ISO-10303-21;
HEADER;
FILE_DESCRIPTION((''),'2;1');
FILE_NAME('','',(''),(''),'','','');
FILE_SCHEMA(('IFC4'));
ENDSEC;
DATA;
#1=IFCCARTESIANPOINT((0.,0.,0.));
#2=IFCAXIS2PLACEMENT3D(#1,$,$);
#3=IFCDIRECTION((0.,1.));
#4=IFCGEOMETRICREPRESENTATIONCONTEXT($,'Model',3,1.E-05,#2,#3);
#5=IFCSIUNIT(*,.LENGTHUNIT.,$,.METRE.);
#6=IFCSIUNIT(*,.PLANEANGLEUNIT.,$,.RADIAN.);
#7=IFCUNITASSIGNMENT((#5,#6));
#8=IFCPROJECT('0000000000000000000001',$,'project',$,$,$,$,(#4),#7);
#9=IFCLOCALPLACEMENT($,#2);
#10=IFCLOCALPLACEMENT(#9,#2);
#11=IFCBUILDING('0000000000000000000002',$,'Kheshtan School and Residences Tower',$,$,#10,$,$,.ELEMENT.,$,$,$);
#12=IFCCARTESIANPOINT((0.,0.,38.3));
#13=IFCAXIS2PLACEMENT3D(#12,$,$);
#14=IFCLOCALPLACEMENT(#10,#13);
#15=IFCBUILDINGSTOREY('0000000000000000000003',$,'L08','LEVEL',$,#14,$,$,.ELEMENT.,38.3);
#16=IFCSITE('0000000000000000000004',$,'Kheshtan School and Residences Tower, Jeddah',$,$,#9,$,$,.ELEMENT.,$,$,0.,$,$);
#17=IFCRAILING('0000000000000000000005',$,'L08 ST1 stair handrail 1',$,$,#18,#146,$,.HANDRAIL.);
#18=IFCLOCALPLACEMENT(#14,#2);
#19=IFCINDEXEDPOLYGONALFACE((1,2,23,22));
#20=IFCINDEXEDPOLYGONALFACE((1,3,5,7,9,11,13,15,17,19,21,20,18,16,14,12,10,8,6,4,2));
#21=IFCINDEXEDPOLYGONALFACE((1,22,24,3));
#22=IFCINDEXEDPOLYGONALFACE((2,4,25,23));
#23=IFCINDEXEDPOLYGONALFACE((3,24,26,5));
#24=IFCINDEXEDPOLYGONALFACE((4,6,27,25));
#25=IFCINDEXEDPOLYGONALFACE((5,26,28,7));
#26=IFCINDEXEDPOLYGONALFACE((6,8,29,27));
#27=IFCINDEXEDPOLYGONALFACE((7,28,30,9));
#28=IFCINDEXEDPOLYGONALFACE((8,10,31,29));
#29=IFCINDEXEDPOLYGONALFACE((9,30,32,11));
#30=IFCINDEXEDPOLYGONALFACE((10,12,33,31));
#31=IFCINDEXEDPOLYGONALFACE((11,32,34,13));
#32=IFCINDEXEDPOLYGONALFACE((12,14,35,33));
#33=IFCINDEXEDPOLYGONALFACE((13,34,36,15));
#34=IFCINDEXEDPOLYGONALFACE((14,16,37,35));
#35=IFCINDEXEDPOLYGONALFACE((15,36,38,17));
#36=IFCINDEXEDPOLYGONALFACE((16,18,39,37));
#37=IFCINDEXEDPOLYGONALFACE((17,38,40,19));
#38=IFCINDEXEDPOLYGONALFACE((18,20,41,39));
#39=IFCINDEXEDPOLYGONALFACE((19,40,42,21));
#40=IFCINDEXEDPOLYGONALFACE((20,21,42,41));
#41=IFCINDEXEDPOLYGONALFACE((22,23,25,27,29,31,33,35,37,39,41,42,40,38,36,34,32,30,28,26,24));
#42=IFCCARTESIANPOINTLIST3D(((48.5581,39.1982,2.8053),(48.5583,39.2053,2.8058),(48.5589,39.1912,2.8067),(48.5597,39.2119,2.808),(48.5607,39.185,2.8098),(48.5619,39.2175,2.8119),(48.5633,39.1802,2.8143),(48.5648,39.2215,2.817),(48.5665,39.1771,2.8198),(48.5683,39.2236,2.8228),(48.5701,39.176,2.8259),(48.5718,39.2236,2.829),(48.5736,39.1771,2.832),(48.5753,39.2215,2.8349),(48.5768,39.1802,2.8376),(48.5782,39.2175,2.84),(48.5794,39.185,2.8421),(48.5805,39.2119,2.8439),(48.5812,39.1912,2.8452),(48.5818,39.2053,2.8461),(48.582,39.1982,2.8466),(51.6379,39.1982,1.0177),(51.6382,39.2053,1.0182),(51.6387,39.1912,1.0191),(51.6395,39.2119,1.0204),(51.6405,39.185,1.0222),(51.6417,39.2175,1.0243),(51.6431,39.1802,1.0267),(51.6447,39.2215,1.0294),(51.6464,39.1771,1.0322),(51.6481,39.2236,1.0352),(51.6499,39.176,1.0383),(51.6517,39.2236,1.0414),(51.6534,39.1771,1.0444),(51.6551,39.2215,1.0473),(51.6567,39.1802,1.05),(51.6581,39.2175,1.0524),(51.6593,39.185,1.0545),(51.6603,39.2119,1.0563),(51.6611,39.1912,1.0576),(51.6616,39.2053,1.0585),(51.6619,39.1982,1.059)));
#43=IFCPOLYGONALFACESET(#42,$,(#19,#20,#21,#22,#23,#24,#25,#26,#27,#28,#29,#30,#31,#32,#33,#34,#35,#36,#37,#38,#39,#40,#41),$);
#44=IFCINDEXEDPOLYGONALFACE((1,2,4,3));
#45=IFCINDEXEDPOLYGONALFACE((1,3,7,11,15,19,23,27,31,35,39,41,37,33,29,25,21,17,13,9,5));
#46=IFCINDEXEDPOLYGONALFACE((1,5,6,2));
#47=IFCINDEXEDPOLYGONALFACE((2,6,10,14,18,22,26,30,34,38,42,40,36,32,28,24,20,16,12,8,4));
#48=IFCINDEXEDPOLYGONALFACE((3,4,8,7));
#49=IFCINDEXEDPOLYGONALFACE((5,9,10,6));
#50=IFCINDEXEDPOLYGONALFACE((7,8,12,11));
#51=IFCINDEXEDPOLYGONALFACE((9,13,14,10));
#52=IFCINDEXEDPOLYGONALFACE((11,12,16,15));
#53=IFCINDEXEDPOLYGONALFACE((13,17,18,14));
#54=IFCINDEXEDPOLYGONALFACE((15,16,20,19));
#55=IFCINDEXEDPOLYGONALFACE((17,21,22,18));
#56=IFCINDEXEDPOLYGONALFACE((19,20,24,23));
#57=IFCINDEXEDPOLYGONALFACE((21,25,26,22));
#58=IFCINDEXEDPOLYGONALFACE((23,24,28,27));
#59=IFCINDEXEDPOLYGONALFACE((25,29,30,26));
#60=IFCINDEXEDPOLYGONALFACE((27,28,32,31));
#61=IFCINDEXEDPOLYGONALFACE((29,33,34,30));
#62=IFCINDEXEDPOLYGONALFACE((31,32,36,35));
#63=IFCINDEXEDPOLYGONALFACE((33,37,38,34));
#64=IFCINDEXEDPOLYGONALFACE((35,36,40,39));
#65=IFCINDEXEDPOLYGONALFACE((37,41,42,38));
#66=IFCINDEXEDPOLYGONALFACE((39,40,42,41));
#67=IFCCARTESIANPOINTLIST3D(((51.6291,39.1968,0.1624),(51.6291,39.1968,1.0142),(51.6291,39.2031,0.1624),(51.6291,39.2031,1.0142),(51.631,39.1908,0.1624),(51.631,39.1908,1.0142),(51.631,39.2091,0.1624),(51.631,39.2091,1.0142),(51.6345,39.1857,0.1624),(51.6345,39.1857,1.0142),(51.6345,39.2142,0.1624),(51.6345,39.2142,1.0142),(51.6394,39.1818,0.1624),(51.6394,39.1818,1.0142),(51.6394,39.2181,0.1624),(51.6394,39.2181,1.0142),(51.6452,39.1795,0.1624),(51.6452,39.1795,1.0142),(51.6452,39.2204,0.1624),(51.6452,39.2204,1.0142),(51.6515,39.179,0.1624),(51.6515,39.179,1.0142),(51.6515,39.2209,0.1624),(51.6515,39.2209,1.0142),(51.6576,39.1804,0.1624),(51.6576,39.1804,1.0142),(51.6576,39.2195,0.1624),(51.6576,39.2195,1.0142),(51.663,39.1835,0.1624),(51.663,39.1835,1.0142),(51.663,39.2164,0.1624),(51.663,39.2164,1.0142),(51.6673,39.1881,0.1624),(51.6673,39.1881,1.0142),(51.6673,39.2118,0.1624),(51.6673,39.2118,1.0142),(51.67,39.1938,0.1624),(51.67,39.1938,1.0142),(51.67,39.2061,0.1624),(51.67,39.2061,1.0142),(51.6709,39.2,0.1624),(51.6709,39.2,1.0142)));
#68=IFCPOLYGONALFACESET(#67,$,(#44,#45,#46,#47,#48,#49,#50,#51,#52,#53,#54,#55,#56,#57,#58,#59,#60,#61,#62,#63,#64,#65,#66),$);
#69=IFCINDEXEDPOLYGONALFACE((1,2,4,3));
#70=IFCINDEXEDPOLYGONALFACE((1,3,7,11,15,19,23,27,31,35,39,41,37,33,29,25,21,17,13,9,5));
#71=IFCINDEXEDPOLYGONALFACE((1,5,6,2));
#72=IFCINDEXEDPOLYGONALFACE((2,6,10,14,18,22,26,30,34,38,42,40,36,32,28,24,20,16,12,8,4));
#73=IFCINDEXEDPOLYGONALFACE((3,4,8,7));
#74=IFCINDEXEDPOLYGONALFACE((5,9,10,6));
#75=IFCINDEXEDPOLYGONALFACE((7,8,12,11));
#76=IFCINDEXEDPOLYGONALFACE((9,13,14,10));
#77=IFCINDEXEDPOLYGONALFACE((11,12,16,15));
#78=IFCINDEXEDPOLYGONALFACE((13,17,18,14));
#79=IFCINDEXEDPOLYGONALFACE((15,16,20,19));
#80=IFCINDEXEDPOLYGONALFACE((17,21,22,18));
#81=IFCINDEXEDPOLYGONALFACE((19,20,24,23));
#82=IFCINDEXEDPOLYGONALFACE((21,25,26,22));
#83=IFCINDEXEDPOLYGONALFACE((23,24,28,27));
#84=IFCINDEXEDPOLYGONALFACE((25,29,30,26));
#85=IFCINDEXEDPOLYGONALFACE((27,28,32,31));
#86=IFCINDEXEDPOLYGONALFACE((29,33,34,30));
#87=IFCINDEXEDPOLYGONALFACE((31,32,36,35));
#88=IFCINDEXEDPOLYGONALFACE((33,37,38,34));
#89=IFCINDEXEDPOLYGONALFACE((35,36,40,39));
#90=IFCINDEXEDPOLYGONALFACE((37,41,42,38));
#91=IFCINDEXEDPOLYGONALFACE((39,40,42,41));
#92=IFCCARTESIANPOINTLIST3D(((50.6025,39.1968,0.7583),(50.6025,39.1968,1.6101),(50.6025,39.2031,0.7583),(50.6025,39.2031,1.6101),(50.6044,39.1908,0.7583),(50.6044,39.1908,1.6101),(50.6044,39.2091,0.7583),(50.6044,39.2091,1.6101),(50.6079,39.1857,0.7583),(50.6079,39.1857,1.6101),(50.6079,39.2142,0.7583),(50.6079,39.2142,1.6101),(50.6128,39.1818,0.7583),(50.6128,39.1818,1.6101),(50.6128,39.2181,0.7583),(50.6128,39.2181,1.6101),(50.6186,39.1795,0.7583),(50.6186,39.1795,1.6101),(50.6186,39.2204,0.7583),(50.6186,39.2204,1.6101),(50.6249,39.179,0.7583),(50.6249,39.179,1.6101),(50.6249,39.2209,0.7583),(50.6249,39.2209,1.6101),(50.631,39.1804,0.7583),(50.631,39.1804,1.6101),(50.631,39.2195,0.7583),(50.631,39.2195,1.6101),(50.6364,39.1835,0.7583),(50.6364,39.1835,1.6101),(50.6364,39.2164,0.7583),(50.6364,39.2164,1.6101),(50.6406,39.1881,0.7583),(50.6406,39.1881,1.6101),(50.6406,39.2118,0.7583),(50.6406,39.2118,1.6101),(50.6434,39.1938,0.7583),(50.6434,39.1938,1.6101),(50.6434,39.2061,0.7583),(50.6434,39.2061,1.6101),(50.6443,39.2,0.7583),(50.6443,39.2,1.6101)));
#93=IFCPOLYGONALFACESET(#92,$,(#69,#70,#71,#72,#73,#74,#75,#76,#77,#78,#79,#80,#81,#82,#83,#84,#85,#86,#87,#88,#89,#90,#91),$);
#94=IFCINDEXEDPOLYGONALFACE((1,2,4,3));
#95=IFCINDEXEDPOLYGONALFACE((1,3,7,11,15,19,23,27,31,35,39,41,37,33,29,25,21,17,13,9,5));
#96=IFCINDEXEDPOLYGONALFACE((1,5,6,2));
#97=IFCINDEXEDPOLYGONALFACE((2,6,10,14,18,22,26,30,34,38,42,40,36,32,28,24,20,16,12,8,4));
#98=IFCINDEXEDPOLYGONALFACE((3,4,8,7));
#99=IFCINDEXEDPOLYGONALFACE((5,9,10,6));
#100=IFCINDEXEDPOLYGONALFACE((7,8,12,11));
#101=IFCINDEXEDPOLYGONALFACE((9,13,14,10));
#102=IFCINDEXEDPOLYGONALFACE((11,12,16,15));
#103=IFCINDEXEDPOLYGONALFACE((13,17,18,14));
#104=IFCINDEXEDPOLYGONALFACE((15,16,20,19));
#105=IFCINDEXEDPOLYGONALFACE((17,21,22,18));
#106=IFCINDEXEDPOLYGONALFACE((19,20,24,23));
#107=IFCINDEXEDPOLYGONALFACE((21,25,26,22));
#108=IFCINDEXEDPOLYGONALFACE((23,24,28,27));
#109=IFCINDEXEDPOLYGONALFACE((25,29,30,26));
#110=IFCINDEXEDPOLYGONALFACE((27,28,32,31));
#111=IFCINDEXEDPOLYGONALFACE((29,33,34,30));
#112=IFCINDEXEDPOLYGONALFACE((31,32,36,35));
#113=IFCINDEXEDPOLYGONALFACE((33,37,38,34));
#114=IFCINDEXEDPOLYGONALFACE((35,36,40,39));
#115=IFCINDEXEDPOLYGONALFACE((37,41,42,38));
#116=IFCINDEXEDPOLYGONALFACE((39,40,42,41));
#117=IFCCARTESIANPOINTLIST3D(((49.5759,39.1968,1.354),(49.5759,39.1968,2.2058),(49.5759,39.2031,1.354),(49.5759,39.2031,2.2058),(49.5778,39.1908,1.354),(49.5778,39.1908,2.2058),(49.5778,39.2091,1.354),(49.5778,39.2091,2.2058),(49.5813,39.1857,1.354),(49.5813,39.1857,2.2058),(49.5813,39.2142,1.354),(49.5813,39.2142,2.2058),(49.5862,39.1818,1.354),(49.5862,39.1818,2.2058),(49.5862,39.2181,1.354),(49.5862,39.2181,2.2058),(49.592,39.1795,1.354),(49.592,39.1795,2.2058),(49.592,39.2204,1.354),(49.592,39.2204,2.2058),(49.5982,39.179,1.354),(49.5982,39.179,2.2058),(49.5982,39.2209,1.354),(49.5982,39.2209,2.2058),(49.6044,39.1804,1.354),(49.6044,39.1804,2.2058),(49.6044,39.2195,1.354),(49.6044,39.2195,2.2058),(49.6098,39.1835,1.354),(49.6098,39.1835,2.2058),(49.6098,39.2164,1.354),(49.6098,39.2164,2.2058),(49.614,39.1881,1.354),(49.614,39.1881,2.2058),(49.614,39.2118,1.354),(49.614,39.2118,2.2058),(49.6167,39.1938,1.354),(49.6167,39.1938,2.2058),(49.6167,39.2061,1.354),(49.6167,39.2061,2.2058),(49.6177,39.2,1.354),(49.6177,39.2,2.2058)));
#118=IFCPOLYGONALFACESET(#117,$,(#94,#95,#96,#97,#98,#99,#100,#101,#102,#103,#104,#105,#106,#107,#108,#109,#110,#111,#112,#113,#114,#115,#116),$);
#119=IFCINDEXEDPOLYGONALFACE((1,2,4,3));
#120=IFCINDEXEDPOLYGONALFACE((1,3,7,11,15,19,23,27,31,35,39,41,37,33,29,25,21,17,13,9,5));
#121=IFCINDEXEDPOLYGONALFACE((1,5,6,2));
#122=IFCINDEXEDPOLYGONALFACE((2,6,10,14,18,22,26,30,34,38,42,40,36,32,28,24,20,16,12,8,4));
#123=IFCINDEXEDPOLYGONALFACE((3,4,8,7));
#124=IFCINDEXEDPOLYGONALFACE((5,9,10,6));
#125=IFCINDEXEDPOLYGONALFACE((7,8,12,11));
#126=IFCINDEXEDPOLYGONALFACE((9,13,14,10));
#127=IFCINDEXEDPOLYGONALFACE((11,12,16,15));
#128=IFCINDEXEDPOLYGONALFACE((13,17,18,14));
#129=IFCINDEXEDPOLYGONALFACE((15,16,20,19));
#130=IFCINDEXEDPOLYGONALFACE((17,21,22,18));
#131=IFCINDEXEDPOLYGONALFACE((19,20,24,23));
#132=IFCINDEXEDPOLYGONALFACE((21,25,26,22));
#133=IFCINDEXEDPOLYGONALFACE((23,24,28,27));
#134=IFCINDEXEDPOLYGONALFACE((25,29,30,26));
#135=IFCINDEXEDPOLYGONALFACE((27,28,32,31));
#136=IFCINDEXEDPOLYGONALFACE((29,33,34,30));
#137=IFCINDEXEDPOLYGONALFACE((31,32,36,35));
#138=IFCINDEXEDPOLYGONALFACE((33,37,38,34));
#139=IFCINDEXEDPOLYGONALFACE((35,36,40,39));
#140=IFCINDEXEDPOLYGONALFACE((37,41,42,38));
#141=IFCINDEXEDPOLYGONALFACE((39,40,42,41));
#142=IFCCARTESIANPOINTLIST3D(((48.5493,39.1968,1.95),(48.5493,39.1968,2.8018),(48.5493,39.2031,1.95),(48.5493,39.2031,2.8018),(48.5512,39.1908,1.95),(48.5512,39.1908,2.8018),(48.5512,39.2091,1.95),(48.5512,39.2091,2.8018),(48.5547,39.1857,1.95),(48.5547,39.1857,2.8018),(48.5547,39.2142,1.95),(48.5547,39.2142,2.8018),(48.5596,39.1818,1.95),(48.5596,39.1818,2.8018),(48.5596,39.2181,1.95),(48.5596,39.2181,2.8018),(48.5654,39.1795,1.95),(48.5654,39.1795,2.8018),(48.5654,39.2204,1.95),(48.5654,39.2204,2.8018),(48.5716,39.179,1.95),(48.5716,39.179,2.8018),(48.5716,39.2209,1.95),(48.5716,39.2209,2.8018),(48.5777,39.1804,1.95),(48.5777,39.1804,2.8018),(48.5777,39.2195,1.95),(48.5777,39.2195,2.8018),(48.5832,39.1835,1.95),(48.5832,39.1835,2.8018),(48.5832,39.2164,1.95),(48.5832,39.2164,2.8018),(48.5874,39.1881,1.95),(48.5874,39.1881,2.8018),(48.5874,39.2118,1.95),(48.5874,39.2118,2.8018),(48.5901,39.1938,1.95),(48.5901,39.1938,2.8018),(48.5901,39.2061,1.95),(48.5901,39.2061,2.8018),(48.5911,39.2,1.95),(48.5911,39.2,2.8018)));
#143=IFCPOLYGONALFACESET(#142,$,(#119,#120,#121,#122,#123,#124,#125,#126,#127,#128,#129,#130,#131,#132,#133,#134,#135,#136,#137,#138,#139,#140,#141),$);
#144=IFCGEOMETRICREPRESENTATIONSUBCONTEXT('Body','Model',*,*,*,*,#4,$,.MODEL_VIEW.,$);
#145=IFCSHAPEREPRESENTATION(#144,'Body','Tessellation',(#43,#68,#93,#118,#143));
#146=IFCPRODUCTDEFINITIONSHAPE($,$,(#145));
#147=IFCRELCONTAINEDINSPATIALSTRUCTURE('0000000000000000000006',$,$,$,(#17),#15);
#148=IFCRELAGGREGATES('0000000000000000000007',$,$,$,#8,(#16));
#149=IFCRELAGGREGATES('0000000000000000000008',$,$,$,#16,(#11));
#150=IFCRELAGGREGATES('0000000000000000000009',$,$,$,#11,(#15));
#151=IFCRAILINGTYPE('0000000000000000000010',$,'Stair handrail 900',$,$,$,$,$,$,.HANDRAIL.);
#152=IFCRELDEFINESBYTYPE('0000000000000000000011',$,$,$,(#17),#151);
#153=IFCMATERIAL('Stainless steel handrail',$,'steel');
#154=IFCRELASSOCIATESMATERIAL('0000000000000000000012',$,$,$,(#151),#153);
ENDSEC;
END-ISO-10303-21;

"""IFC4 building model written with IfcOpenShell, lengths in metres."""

from ifc_helpers import new_model, si_unit, direction, frame, origin, origin_2d, place, context, subcontext, project, spatial, circle, extrude, material, type_object, element, save


model = new_model("IFC4")

# Units and contexts
model_context = context("Model", 3, precision=1e-05, world=origin(), true_north=direction((0.0, 1.0)))
body_context = subcontext(model_context, "Body", "Model", "MODEL_VIEW")
ifc_project = project(units=[si_unit("LENGTHUNIT", "METRE"), si_unit("PLANEANGLEUNIT", "RADIAN")], contexts=[model_context])

# Site, building, storey
site_placement = place(None, origin())
site = spatial("IfcSite", under=ifc_project, at=site_placement, Name="Kheshtan School and Residences Tower, Jeddah", CompositionType="ELEMENT", RefElevation=0.0)
building_placement = place(site_placement, origin())
building = spatial("IfcBuilding", under=site, at=building_placement, Name="Kheshtan School and Residences Tower", CompositionType="ELEMENT")
storey_placement = place(building_placement, frame((0.0, 0.0, 38.3)))
storey = spatial("IfcBuildingStorey", under=building, at=storey_placement, Name="L08", Description="LEVEL", CompositionType="ELEMENT", Elevation=38.3)

# Railing
ifc_material_1 = material(Name="Stainless steel handrail", Category="steel")
railing_type_1 = type_object("IfcRailingType", Name="Stair handrail 900", PredefinedType="HANDRAIL", material=ifc_material_1)
railing_1_placement = place(storey_placement, frame((51.6499, 39.2, 0.1624)))
element("IfcRailing", 1, at=railing_1_placement, inside=storey, type_object=railing_type_1, Name="L08 ST1 stair handrail 1", PredefinedType="HANDRAIL", context=body_context, shape_type="SweptSolid", body=[
    extrude(circle(Radius=0.0239, at=origin_2d()), frame((0.0, 0.0, 0.876), z_axis=(-0.864873, 0.0, 0.50199), x_axis=(0.0, -1.0, 0.0)), (0.0, 0.0, 1.0), 3.561),
    extrude(circle(Radius=0.021, at=origin_2d()), origin(), (0.0, 0.0, 1.0), 0.8518),
    extrude(circle(Radius=0.021, at=origin_2d()), frame((-1.0266, 0.0, 0.5959)), (0.0, 0.0, 1.0), 0.8518),
    extrude(circle(Radius=0.021, at=origin_2d()), frame((-2.0532, 0.0, 1.1917)), (0.0, 0.0, 1.0), 0.8518),
    extrude(circle(Radius=0.021, at=origin_2d()), frame((-3.0798, 0.0, 1.7876)), (0.0, 0.0, 1.0), 0.8518),
])

save(model, "model.ifc")
